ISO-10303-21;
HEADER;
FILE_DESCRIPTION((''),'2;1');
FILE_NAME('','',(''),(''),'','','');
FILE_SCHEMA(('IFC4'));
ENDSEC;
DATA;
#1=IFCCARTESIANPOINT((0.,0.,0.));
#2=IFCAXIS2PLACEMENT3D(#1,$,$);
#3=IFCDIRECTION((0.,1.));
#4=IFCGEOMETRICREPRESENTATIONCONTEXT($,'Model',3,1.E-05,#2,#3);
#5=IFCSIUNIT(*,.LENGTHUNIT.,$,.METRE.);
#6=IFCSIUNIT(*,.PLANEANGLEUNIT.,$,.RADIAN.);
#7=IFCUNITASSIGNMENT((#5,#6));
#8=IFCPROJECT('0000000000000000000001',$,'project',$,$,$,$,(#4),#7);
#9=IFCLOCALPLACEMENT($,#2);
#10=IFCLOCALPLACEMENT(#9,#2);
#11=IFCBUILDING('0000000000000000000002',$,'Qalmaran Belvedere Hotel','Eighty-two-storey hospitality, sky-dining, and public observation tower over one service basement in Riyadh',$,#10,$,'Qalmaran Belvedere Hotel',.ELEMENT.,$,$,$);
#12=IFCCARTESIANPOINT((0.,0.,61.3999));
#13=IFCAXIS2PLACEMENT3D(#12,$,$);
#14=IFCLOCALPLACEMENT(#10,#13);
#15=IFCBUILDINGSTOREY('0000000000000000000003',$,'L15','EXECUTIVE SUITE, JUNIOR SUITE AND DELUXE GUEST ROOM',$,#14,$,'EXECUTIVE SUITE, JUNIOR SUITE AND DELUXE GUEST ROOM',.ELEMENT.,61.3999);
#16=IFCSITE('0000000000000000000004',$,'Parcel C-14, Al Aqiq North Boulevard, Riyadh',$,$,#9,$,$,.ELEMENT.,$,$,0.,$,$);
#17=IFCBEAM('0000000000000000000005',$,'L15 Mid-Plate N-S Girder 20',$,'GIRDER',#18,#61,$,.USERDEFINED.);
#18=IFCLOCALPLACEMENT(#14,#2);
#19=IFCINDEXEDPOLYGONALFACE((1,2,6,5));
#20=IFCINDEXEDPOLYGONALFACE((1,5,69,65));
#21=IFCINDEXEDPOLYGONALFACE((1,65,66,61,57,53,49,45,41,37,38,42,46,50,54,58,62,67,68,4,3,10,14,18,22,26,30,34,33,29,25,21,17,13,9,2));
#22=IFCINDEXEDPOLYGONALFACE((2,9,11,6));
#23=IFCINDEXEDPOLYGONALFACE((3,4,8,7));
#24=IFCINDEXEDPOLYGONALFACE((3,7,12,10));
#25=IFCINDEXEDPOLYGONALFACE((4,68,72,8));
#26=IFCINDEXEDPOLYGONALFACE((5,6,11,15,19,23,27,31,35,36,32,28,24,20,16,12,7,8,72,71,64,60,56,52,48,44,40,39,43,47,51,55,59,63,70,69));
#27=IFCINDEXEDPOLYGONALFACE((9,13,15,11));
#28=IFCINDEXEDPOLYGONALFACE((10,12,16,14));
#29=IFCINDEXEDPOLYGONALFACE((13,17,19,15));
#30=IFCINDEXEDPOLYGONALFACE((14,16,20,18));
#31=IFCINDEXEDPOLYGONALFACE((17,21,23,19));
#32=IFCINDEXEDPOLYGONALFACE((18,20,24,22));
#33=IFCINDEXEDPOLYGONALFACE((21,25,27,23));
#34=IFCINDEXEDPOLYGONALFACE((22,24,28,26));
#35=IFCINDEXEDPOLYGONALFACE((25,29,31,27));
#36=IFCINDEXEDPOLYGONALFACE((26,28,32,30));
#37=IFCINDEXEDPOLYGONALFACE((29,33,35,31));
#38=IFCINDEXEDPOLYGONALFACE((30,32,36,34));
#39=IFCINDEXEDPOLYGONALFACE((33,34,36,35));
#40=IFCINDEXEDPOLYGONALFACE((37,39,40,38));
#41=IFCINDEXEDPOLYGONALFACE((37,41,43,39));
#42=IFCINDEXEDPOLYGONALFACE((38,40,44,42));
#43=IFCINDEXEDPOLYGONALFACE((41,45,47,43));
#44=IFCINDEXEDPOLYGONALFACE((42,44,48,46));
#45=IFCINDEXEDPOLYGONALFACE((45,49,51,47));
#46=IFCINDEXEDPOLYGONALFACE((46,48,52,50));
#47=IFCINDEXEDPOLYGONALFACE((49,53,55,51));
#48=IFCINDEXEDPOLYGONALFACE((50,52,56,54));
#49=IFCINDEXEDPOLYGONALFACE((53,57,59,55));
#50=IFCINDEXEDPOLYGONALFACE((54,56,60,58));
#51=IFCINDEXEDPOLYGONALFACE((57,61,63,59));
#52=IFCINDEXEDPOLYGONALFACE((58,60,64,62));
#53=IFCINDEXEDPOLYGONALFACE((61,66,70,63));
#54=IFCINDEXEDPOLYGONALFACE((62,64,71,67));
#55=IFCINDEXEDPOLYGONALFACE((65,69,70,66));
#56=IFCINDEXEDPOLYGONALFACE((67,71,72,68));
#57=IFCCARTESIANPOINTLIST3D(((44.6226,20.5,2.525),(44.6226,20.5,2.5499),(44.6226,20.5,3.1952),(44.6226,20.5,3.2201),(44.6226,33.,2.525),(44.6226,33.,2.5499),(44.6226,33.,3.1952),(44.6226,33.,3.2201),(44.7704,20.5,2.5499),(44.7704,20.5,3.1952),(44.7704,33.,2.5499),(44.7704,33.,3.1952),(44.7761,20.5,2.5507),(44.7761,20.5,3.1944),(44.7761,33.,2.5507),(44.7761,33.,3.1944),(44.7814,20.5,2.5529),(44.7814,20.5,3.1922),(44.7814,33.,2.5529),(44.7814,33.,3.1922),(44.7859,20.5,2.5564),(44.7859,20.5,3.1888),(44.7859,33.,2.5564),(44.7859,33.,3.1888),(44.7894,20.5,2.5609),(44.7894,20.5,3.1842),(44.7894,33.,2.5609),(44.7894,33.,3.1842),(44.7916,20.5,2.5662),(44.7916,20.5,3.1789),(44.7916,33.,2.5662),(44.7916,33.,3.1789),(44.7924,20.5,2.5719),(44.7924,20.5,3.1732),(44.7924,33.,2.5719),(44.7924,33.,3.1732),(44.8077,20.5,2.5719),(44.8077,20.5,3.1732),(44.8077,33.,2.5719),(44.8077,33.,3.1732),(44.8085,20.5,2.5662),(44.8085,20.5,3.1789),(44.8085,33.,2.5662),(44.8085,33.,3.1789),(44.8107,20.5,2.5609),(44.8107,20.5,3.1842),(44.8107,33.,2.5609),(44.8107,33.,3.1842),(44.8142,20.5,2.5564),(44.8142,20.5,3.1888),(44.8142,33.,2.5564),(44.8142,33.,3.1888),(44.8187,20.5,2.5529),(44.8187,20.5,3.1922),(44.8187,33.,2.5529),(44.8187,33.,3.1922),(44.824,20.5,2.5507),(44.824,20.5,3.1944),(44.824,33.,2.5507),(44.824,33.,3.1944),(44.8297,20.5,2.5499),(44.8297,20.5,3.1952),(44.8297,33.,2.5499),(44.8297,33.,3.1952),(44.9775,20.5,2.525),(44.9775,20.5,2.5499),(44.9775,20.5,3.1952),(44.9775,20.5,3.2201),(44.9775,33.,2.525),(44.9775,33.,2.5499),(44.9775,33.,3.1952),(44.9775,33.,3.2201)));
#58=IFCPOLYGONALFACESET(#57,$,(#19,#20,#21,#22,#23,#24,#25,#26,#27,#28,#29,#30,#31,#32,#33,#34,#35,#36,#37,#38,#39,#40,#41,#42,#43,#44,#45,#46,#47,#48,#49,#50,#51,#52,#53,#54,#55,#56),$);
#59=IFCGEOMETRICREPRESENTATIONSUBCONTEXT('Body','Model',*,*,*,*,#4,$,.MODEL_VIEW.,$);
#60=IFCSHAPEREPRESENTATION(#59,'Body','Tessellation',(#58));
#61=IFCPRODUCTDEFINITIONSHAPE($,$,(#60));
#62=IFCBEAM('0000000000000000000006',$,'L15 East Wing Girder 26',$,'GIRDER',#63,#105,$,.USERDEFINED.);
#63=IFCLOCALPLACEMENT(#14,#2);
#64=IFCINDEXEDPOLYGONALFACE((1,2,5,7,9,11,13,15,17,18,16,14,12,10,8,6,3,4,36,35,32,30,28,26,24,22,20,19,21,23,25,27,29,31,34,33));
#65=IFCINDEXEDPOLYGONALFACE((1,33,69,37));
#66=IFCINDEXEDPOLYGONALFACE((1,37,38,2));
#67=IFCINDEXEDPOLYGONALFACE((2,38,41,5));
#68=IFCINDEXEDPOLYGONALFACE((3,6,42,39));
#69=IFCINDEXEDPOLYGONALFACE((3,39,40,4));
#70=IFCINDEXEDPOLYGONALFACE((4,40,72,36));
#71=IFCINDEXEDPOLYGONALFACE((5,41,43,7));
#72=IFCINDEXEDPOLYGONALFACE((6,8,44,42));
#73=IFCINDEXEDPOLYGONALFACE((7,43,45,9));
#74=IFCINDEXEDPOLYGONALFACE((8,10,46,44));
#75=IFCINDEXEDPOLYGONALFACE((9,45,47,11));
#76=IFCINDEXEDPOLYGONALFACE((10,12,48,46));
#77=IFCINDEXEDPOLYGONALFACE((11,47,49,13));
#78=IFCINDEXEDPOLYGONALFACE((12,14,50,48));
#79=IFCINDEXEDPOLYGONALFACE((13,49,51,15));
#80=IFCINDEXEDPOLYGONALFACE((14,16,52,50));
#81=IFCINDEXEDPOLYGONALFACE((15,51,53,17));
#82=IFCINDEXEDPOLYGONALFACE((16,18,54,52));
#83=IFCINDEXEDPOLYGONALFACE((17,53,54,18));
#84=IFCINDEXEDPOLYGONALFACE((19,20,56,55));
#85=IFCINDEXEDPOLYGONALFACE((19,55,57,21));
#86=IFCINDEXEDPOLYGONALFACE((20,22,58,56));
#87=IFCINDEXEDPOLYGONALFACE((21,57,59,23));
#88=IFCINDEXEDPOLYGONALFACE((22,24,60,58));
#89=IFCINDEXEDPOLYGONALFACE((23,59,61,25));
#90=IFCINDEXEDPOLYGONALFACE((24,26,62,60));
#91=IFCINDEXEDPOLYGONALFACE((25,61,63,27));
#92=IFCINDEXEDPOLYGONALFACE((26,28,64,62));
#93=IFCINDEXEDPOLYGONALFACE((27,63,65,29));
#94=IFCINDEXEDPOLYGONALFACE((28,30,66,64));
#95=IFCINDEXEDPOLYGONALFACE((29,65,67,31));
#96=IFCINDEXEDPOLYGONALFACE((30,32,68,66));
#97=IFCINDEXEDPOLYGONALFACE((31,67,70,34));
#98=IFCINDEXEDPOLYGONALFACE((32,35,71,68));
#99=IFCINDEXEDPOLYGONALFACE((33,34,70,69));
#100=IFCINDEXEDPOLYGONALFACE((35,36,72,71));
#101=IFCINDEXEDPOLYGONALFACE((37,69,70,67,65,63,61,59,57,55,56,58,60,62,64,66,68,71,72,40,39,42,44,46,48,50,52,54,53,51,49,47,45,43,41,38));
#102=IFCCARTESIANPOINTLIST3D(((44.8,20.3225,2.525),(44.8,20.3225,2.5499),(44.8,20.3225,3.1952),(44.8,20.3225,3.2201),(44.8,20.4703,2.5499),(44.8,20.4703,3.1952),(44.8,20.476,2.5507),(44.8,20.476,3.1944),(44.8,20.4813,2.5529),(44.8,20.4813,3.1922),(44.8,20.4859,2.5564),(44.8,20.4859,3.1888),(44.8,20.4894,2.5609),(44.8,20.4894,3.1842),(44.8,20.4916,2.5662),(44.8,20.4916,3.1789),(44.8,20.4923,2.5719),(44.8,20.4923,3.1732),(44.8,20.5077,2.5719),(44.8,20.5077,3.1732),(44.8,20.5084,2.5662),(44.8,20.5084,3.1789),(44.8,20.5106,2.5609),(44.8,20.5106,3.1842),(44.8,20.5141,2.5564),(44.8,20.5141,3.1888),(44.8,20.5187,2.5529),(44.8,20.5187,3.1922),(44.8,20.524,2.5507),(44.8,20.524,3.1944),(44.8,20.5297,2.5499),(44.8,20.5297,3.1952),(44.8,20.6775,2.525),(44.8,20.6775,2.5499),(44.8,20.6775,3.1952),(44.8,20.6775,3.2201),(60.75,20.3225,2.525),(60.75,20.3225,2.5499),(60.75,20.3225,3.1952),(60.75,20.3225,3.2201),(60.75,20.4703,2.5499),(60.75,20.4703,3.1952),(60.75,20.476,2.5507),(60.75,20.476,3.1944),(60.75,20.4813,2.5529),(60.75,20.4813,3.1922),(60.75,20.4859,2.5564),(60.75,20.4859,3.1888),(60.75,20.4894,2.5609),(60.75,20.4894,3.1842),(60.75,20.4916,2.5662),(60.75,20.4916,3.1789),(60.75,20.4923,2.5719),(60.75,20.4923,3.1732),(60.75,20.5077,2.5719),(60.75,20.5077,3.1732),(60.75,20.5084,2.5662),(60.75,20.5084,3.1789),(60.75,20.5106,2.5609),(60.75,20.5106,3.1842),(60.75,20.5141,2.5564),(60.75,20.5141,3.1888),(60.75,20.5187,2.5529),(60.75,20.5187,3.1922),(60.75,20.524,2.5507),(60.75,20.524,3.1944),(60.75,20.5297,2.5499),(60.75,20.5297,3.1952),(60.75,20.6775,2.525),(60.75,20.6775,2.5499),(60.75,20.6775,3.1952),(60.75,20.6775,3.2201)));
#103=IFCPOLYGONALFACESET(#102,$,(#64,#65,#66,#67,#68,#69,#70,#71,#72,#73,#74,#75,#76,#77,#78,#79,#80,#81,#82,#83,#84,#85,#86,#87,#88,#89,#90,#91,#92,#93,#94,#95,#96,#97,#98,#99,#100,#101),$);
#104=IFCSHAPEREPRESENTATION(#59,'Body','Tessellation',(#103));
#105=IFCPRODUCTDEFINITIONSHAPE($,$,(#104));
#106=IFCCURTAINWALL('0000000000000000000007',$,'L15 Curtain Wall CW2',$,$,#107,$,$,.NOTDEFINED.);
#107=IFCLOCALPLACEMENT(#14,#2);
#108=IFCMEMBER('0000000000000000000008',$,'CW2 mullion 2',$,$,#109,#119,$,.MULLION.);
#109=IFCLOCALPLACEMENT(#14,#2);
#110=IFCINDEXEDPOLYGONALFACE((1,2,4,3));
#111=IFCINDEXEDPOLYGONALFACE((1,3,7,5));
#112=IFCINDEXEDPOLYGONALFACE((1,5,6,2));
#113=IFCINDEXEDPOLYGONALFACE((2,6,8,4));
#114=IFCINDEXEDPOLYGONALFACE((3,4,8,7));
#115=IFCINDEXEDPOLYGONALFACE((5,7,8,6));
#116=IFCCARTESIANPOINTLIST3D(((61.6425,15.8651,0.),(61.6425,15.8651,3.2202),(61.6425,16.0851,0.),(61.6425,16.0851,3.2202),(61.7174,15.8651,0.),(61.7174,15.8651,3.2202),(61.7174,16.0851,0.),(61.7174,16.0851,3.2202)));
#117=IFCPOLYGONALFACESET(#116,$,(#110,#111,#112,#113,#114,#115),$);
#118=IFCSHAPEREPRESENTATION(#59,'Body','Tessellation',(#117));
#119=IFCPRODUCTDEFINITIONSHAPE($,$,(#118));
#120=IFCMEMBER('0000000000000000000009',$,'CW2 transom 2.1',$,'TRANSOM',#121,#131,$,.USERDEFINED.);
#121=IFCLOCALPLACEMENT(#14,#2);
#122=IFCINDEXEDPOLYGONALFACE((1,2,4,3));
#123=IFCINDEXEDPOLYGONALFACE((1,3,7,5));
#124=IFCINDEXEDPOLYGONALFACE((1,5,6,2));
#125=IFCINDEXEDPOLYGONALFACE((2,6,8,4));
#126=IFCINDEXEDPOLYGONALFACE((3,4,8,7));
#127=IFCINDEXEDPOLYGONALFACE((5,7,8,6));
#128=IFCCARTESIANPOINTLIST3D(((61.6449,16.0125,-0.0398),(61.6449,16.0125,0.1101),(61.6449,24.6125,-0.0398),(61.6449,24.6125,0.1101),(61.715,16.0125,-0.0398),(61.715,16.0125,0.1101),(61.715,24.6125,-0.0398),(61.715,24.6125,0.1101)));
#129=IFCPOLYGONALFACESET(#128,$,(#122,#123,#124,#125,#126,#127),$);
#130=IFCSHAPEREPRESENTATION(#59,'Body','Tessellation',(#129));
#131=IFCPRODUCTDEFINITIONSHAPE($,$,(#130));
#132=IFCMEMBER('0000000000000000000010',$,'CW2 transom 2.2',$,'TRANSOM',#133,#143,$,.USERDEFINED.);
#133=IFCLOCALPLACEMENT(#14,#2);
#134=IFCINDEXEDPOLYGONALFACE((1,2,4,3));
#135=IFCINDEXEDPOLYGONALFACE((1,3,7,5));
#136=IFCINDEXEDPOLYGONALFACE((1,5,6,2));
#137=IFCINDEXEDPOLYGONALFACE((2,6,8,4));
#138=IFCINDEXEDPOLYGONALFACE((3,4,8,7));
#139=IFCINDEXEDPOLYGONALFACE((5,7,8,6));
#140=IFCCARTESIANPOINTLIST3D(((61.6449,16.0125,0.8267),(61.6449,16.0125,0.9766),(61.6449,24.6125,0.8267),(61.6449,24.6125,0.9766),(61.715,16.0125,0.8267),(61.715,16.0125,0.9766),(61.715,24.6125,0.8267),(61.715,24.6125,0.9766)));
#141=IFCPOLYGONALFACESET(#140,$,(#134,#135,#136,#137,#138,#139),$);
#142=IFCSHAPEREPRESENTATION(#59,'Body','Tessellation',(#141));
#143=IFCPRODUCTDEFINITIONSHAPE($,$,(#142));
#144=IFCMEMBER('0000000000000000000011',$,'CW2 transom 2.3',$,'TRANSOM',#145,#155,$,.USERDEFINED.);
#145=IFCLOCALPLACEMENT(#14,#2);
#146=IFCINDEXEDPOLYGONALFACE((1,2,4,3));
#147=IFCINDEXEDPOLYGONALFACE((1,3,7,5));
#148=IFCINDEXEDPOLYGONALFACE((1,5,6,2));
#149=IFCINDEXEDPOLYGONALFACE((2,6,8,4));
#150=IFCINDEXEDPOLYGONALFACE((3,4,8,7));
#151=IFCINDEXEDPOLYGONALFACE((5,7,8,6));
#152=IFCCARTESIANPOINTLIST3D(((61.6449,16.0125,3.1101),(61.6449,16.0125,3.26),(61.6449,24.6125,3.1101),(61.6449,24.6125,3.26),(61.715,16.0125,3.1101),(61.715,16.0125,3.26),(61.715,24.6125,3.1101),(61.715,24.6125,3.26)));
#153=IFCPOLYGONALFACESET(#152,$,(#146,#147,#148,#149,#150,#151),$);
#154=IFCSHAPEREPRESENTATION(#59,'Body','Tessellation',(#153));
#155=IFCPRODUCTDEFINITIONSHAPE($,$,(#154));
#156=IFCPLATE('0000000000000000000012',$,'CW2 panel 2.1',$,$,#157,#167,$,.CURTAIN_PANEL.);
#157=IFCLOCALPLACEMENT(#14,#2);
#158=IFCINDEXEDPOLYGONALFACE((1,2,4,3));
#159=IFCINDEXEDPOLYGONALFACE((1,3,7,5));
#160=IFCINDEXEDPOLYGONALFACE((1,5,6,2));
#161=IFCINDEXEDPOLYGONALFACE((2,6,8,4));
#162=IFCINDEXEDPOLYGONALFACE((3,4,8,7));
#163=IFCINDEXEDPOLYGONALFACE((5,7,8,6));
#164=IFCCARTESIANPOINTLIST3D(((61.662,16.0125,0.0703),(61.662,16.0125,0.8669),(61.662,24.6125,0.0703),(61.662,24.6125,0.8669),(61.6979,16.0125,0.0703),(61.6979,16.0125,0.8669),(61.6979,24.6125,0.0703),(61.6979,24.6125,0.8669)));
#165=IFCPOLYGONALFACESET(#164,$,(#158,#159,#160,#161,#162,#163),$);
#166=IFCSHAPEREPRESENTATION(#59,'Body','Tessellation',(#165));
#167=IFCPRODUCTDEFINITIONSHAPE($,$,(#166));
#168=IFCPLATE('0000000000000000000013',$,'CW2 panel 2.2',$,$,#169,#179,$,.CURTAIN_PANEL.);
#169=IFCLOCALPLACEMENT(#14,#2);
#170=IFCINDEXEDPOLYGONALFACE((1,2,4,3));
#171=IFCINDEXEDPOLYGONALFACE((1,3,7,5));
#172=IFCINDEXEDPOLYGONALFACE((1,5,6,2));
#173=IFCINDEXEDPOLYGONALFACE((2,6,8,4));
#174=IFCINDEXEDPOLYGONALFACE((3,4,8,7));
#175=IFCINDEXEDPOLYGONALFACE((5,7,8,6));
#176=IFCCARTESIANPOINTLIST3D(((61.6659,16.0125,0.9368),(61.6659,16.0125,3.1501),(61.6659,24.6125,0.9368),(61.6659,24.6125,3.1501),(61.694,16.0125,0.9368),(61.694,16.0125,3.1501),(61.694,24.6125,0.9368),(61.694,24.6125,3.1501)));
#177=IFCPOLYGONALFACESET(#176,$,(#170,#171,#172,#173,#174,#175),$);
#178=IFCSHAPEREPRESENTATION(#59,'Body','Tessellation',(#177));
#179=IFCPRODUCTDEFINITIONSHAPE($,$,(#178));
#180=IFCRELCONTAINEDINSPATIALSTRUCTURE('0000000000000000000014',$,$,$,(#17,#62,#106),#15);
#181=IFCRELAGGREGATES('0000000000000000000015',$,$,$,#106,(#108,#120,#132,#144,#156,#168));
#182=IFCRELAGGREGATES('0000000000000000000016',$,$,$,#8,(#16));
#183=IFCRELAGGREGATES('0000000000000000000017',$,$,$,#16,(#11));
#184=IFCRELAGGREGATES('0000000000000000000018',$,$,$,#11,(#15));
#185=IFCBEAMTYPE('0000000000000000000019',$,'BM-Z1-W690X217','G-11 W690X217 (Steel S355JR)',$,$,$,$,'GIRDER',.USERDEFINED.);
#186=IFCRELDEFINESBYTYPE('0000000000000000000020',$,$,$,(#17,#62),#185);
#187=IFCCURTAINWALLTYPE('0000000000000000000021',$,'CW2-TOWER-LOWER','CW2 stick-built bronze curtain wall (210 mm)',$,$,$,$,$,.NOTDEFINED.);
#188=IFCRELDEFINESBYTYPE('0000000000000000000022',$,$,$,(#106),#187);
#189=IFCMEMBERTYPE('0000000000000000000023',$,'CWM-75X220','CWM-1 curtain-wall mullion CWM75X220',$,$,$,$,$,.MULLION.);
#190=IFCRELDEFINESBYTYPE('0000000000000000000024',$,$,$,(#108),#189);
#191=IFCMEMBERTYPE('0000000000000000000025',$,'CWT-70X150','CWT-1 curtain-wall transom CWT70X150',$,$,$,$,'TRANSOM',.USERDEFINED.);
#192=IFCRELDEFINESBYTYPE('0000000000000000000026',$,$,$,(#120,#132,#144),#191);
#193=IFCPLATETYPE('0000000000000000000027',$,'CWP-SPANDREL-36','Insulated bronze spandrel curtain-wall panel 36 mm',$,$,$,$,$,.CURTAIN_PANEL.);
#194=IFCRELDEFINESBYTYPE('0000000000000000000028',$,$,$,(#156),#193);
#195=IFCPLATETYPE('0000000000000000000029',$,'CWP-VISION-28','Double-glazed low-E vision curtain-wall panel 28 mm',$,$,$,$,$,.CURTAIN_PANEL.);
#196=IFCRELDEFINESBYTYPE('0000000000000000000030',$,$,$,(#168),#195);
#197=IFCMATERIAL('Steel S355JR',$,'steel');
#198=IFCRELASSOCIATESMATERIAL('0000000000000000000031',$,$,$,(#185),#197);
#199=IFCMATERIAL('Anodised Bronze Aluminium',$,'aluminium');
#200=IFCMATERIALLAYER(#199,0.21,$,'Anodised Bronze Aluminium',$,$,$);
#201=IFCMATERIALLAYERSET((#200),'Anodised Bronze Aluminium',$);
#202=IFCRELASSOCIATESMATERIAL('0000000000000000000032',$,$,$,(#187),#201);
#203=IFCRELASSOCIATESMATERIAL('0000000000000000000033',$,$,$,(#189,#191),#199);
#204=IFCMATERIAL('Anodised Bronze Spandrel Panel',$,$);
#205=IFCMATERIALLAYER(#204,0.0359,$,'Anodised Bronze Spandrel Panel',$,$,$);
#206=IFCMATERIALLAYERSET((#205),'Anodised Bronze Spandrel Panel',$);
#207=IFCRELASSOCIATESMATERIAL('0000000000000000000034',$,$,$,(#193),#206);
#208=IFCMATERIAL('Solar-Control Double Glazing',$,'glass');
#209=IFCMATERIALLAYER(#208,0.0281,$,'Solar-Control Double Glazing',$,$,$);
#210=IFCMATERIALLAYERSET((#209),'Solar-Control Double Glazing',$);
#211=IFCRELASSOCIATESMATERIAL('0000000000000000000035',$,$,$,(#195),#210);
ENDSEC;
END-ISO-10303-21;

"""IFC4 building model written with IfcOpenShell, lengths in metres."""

from ifc_helpers import new_model, si_unit, direction, frame, origin, origin_2d, place, context, subcontext, project, spatial, rectangle, i_section, extrude, material, layer, layer_set, material_profile, profile_set, type_object, element, aggregate, save


model = new_model("IFC4")

# Units and contexts
model_context = context("Model", 3, precision=1e-05, world=origin(), true_north=direction((0.0, 1.0)))
body_context = subcontext(model_context, "Body", "Model", "MODEL_VIEW")
ifc_project = project(units=[si_unit("LENGTHUNIT", "METRE"), si_unit("PLANEANGLEUNIT", "RADIAN")], contexts=[model_context])

# Site, building, storey
site_placement = place(None, origin())
site = spatial("IfcSite", under=ifc_project, at=site_placement, Name="Parcel C-14, Al Aqiq North Boulevard, Riyadh", CompositionType="ELEMENT", RefElevation=0.0)
building_placement = place(site_placement, origin())
building = spatial("IfcBuilding", under=site, at=building_placement, Name="Qalmaran Belvedere Hotel", Description="Eighty-two-storey hospitality, sky-dining, and public observation tower over one service basement in Riyadh", LongName="Qalmaran Belvedere Hotel", CompositionType="ELEMENT")
storey_placement = place(building_placement, frame((0.0, 0.0, 61.3999)))
storey = spatial("IfcBuildingStorey", under=building, at=storey_placement, Name="L15", Description="EXECUTIVE SUITE, JUNIOR SUITE AND DELUXE GUEST ROOM", LongName="EXECUTIVE SUITE, JUNIOR SUITE AND DELUXE GUEST ROOM", CompositionType="ELEMENT", Elevation=61.3999)

# Beams
ifc_material_1 = material(Name="Steel S355JR", Category="steel")
ifc_material_profile_1 = material_profile(ifc_material_1, i_section(OverallWidth=0.355, OverallDepth=0.6951, WebThickness=0.0154, FlangeThickness=0.0249, FilletRadius=0.022, at=origin_2d()), Name="W690X217")
ifc_profile_set_1 = profile_set([ifc_material_profile_1], Name="Steel S355JR")
beam_type_1 = type_object("IfcBeamType", Name="BM-Z1-W690X217", Description="G-11 W690X217 (Steel S355JR)", ElementType="GIRDER", PredefinedType="USERDEFINED", material=ifc_profile_set_1)
beam_1_placement = place(storey_placement, frame((44.8, 20.5, 2.8726), z_axis=(0.0, 1.0, 0.0), x_axis=(-1.0, 0.0, 0.0)))
element("IfcBeam", 1, at=beam_1_placement, inside=storey, type_object=beam_type_1, Name="L15 Mid-Plate N-S Girder 20", ObjectType="GIRDER", PredefinedType="USERDEFINED", context=body_context, shape_type="SweptSolid", body=[
    extrude(i_section(OverallWidth=0.355, OverallDepth=0.6951, WebThickness=0.0154, FlangeThickness=0.0249, FilletRadius=0.022, at=origin_2d()), origin(), (0.0, 0.0, 1.0), 12.5),
])
beam_2_placement = place(storey_placement, frame((44.8, 20.5, 2.8726), z_axis=(1.0, 0.0, 0.0), x_axis=(0.0, 1.0, 0.0)))
element("IfcBeam", 2, at=beam_2_placement, inside=storey, type_object=beam_type_1, Name="L15 East Wing Girder 26", ObjectType="GIRDER", PredefinedType="USERDEFINED", context=body_context, shape_type="SweptSolid", body=[
    extrude(i_section(OverallWidth=0.355, OverallDepth=0.6951, WebThickness=0.0154, FlangeThickness=0.0249, FilletRadius=0.022, at=origin_2d()), origin(), (0.0, 0.0, 1.0), 15.95),
])

# Curtain wall, members, plates
ifc_material_2 = material(Name="Anodised Bronze Aluminium", Category="aluminium")
ifc_layer_1 = layer(ifc_material_2, 0.21, Name="Anodised Bronze Aluminium")
ifc_layer_set_1 = layer_set([ifc_layer_1], Name="Anodised Bronze Aluminium")
curtain_wall_type = type_object("IfcCurtainWallType", Name="CW2-TOWER-LOWER", Description="CW2 stick-built bronze curtain wall (210 mm)", PredefinedType="NOTDEFINED", material=ifc_layer_set_1)
curtain_wall_placement = place(storey_placement, origin())
curtain_wall = element("IfcCurtainWall", 3, at=curtain_wall_placement, inside=storey, type_object=curtain_wall_type, Name="L15 Curtain Wall CW2", PredefinedType="NOTDEFINED")
ifc_material_profile_2 = material_profile(ifc_material_2, rectangle(XDim=0.075, YDim=0.22, at=origin_2d()), Name="CWM75X220")
ifc_profile_set_2 = profile_set([ifc_material_profile_2], Name="Anodised Bronze Aluminium")
member_type_1 = type_object("IfcMemberType", Name="CWM-75X220", Description="CWM-1 curtain-wall mullion CWM75X220", PredefinedType="MULLION", material=ifc_profile_set_2)
member_1_placement = place(storey_placement, frame((61.6799, 15.9751, 0.0), z_axis=(0.0, 0.0, 1.0), x_axis=(-1.0, 0.0, 0.0)))
member_1 = element("IfcMember", 4, at=member_1_placement, type_object=member_type_1, Name="CW2 mullion 2", PredefinedType="MULLION", context=body_context, shape_type="SweptSolid", body=[
    extrude(rectangle(XDim=0.075, YDim=0.22, at=origin_2d()), origin(), (0.0, 0.0, 1.0), 3.2202),
])
ifc_material_profile_3 = material_profile(ifc_material_2, rectangle(XDim=0.0701, YDim=0.1499, at=origin_2d()), Name="CWT70X150")
ifc_profile_set_3 = profile_set([ifc_material_profile_3], Name="Anodised Bronze Aluminium")
member_type_2 = type_object("IfcMemberType", Name="CWT-70X150", Description="CWT-1 curtain-wall transom CWT70X150", ElementType="TRANSOM", PredefinedType="USERDEFINED", material=ifc_profile_set_3)
member_2_placement = place(storey_placement, frame((61.6799, 16.0125, 0.0352), z_axis=(0.0, 1.0, 0.0), x_axis=(-1.0, 0.0, 0.0)))
member_2 = element("IfcMember", 5, at=member_2_placement, type_object=member_type_2, Name="CW2 transom 2.1", ObjectType="TRANSOM", PredefinedType="USERDEFINED", context=body_context, shape_type="SweptSolid", body=[
    extrude(rectangle(XDim=0.0701, YDim=0.1499, at=origin_2d()), origin(), (0.0, 0.0, 1.0), 8.6001),
])
member_3_placement = place(storey_placement, frame((61.6799, 16.0125, 0.9016), z_axis=(0.0, 1.0, 0.0), x_axis=(-1.0, 0.0, 0.0)))
member_3 = element("IfcMember", 6, at=member_3_placement, type_object=member_type_2, Name="CW2 transom 2.2", ObjectType="TRANSOM", PredefinedType="USERDEFINED", context=body_context, shape_type="SweptSolid", body=[
    extrude(rectangle(XDim=0.0701, YDim=0.1499, at=origin_2d()), origin(), (0.0, 0.0, 1.0), 8.6001),
])
member_4_placement = place(storey_placement, frame((61.6799, 16.0125, 3.1851), z_axis=(0.0, 1.0, 0.0), x_axis=(-1.0, 0.0, 0.0)))
member_4 = element("IfcMember", 7, at=member_4_placement, type_object=member_type_2, Name="CW2 transom 2.3", ObjectType="TRANSOM", PredefinedType="USERDEFINED", context=body_context, shape_type="SweptSolid", body=[
    extrude(rectangle(XDim=0.0701, YDim=0.1499, at=origin_2d()), origin(), (0.0, 0.0, 1.0), 8.6001),
])
ifc_material_3 = material(Name="Anodised Bronze Spandrel Panel")
ifc_layer_2 = layer(ifc_material_3, 0.0359, Name="Anodised Bronze Spandrel Panel")
ifc_layer_set_2 = layer_set([ifc_layer_2], Name="Anodised Bronze Spandrel Panel")
plate_type_1 = type_object("IfcPlateType", Name="CWP-SPANDREL-36", Description="Insulated bronze spandrel curtain-wall panel 36 mm", PredefinedType="CURTAIN_PANEL", material=ifc_layer_set_2)
plate_1_placement = place(storey_placement, frame((61.6799, 20.3125, 0.0703), z_axis=(0.0, 0.0, 1.0), x_axis=(0.0, 1.0, 0.0)))
plate_1 = element("IfcPlate", 8, at=plate_1_placement, type_object=plate_type_1, Name="CW2 panel 2.1", PredefinedType="CURTAIN_PANEL", context=body_context, shape_type="SweptSolid", body=[
    extrude(rectangle(XDim=8.6001, YDim=0.0359, at=origin_2d()), origin(), (0.0, 0.0, 1.0), 0.7966),
])
ifc_material_4 = material(Name="Solar-Control Double Glazing", Category="glass")
ifc_layer_3 = layer(ifc_material_4, 0.0281, Name="Solar-Control Double Glazing")
ifc_layer_set_3 = layer_set([ifc_layer_3], Name="Solar-Control Double Glazing")
plate_type_2 = type_object("IfcPlateType", Name="CWP-VISION-28", Description="Double-glazed low-E vision curtain-wall panel 28 mm", PredefinedType="CURTAIN_PANEL", material=ifc_layer_set_3)
plate_2_placement = place(storey_placement, frame((61.6799, 20.3125, 0.9368), z_axis=(0.0, 0.0, 1.0), x_axis=(0.0, 1.0, 0.0)))
plate_2 = element("IfcPlate", 9, at=plate_2_placement, type_object=plate_type_2, Name="CW2 panel 2.2", PredefinedType="CURTAIN_PANEL", context=body_context, shape_type="SweptSolid", body=[
    extrude(rectangle(XDim=8.6001, YDim=0.0281, at=origin_2d()), origin(), (0.0, 0.0, 1.0), 2.2134),
])
aggregate(curtain_wall, [member_1, member_2, member_3, member_4, plate_1, plate_2])

save(model, "model.ifc")
